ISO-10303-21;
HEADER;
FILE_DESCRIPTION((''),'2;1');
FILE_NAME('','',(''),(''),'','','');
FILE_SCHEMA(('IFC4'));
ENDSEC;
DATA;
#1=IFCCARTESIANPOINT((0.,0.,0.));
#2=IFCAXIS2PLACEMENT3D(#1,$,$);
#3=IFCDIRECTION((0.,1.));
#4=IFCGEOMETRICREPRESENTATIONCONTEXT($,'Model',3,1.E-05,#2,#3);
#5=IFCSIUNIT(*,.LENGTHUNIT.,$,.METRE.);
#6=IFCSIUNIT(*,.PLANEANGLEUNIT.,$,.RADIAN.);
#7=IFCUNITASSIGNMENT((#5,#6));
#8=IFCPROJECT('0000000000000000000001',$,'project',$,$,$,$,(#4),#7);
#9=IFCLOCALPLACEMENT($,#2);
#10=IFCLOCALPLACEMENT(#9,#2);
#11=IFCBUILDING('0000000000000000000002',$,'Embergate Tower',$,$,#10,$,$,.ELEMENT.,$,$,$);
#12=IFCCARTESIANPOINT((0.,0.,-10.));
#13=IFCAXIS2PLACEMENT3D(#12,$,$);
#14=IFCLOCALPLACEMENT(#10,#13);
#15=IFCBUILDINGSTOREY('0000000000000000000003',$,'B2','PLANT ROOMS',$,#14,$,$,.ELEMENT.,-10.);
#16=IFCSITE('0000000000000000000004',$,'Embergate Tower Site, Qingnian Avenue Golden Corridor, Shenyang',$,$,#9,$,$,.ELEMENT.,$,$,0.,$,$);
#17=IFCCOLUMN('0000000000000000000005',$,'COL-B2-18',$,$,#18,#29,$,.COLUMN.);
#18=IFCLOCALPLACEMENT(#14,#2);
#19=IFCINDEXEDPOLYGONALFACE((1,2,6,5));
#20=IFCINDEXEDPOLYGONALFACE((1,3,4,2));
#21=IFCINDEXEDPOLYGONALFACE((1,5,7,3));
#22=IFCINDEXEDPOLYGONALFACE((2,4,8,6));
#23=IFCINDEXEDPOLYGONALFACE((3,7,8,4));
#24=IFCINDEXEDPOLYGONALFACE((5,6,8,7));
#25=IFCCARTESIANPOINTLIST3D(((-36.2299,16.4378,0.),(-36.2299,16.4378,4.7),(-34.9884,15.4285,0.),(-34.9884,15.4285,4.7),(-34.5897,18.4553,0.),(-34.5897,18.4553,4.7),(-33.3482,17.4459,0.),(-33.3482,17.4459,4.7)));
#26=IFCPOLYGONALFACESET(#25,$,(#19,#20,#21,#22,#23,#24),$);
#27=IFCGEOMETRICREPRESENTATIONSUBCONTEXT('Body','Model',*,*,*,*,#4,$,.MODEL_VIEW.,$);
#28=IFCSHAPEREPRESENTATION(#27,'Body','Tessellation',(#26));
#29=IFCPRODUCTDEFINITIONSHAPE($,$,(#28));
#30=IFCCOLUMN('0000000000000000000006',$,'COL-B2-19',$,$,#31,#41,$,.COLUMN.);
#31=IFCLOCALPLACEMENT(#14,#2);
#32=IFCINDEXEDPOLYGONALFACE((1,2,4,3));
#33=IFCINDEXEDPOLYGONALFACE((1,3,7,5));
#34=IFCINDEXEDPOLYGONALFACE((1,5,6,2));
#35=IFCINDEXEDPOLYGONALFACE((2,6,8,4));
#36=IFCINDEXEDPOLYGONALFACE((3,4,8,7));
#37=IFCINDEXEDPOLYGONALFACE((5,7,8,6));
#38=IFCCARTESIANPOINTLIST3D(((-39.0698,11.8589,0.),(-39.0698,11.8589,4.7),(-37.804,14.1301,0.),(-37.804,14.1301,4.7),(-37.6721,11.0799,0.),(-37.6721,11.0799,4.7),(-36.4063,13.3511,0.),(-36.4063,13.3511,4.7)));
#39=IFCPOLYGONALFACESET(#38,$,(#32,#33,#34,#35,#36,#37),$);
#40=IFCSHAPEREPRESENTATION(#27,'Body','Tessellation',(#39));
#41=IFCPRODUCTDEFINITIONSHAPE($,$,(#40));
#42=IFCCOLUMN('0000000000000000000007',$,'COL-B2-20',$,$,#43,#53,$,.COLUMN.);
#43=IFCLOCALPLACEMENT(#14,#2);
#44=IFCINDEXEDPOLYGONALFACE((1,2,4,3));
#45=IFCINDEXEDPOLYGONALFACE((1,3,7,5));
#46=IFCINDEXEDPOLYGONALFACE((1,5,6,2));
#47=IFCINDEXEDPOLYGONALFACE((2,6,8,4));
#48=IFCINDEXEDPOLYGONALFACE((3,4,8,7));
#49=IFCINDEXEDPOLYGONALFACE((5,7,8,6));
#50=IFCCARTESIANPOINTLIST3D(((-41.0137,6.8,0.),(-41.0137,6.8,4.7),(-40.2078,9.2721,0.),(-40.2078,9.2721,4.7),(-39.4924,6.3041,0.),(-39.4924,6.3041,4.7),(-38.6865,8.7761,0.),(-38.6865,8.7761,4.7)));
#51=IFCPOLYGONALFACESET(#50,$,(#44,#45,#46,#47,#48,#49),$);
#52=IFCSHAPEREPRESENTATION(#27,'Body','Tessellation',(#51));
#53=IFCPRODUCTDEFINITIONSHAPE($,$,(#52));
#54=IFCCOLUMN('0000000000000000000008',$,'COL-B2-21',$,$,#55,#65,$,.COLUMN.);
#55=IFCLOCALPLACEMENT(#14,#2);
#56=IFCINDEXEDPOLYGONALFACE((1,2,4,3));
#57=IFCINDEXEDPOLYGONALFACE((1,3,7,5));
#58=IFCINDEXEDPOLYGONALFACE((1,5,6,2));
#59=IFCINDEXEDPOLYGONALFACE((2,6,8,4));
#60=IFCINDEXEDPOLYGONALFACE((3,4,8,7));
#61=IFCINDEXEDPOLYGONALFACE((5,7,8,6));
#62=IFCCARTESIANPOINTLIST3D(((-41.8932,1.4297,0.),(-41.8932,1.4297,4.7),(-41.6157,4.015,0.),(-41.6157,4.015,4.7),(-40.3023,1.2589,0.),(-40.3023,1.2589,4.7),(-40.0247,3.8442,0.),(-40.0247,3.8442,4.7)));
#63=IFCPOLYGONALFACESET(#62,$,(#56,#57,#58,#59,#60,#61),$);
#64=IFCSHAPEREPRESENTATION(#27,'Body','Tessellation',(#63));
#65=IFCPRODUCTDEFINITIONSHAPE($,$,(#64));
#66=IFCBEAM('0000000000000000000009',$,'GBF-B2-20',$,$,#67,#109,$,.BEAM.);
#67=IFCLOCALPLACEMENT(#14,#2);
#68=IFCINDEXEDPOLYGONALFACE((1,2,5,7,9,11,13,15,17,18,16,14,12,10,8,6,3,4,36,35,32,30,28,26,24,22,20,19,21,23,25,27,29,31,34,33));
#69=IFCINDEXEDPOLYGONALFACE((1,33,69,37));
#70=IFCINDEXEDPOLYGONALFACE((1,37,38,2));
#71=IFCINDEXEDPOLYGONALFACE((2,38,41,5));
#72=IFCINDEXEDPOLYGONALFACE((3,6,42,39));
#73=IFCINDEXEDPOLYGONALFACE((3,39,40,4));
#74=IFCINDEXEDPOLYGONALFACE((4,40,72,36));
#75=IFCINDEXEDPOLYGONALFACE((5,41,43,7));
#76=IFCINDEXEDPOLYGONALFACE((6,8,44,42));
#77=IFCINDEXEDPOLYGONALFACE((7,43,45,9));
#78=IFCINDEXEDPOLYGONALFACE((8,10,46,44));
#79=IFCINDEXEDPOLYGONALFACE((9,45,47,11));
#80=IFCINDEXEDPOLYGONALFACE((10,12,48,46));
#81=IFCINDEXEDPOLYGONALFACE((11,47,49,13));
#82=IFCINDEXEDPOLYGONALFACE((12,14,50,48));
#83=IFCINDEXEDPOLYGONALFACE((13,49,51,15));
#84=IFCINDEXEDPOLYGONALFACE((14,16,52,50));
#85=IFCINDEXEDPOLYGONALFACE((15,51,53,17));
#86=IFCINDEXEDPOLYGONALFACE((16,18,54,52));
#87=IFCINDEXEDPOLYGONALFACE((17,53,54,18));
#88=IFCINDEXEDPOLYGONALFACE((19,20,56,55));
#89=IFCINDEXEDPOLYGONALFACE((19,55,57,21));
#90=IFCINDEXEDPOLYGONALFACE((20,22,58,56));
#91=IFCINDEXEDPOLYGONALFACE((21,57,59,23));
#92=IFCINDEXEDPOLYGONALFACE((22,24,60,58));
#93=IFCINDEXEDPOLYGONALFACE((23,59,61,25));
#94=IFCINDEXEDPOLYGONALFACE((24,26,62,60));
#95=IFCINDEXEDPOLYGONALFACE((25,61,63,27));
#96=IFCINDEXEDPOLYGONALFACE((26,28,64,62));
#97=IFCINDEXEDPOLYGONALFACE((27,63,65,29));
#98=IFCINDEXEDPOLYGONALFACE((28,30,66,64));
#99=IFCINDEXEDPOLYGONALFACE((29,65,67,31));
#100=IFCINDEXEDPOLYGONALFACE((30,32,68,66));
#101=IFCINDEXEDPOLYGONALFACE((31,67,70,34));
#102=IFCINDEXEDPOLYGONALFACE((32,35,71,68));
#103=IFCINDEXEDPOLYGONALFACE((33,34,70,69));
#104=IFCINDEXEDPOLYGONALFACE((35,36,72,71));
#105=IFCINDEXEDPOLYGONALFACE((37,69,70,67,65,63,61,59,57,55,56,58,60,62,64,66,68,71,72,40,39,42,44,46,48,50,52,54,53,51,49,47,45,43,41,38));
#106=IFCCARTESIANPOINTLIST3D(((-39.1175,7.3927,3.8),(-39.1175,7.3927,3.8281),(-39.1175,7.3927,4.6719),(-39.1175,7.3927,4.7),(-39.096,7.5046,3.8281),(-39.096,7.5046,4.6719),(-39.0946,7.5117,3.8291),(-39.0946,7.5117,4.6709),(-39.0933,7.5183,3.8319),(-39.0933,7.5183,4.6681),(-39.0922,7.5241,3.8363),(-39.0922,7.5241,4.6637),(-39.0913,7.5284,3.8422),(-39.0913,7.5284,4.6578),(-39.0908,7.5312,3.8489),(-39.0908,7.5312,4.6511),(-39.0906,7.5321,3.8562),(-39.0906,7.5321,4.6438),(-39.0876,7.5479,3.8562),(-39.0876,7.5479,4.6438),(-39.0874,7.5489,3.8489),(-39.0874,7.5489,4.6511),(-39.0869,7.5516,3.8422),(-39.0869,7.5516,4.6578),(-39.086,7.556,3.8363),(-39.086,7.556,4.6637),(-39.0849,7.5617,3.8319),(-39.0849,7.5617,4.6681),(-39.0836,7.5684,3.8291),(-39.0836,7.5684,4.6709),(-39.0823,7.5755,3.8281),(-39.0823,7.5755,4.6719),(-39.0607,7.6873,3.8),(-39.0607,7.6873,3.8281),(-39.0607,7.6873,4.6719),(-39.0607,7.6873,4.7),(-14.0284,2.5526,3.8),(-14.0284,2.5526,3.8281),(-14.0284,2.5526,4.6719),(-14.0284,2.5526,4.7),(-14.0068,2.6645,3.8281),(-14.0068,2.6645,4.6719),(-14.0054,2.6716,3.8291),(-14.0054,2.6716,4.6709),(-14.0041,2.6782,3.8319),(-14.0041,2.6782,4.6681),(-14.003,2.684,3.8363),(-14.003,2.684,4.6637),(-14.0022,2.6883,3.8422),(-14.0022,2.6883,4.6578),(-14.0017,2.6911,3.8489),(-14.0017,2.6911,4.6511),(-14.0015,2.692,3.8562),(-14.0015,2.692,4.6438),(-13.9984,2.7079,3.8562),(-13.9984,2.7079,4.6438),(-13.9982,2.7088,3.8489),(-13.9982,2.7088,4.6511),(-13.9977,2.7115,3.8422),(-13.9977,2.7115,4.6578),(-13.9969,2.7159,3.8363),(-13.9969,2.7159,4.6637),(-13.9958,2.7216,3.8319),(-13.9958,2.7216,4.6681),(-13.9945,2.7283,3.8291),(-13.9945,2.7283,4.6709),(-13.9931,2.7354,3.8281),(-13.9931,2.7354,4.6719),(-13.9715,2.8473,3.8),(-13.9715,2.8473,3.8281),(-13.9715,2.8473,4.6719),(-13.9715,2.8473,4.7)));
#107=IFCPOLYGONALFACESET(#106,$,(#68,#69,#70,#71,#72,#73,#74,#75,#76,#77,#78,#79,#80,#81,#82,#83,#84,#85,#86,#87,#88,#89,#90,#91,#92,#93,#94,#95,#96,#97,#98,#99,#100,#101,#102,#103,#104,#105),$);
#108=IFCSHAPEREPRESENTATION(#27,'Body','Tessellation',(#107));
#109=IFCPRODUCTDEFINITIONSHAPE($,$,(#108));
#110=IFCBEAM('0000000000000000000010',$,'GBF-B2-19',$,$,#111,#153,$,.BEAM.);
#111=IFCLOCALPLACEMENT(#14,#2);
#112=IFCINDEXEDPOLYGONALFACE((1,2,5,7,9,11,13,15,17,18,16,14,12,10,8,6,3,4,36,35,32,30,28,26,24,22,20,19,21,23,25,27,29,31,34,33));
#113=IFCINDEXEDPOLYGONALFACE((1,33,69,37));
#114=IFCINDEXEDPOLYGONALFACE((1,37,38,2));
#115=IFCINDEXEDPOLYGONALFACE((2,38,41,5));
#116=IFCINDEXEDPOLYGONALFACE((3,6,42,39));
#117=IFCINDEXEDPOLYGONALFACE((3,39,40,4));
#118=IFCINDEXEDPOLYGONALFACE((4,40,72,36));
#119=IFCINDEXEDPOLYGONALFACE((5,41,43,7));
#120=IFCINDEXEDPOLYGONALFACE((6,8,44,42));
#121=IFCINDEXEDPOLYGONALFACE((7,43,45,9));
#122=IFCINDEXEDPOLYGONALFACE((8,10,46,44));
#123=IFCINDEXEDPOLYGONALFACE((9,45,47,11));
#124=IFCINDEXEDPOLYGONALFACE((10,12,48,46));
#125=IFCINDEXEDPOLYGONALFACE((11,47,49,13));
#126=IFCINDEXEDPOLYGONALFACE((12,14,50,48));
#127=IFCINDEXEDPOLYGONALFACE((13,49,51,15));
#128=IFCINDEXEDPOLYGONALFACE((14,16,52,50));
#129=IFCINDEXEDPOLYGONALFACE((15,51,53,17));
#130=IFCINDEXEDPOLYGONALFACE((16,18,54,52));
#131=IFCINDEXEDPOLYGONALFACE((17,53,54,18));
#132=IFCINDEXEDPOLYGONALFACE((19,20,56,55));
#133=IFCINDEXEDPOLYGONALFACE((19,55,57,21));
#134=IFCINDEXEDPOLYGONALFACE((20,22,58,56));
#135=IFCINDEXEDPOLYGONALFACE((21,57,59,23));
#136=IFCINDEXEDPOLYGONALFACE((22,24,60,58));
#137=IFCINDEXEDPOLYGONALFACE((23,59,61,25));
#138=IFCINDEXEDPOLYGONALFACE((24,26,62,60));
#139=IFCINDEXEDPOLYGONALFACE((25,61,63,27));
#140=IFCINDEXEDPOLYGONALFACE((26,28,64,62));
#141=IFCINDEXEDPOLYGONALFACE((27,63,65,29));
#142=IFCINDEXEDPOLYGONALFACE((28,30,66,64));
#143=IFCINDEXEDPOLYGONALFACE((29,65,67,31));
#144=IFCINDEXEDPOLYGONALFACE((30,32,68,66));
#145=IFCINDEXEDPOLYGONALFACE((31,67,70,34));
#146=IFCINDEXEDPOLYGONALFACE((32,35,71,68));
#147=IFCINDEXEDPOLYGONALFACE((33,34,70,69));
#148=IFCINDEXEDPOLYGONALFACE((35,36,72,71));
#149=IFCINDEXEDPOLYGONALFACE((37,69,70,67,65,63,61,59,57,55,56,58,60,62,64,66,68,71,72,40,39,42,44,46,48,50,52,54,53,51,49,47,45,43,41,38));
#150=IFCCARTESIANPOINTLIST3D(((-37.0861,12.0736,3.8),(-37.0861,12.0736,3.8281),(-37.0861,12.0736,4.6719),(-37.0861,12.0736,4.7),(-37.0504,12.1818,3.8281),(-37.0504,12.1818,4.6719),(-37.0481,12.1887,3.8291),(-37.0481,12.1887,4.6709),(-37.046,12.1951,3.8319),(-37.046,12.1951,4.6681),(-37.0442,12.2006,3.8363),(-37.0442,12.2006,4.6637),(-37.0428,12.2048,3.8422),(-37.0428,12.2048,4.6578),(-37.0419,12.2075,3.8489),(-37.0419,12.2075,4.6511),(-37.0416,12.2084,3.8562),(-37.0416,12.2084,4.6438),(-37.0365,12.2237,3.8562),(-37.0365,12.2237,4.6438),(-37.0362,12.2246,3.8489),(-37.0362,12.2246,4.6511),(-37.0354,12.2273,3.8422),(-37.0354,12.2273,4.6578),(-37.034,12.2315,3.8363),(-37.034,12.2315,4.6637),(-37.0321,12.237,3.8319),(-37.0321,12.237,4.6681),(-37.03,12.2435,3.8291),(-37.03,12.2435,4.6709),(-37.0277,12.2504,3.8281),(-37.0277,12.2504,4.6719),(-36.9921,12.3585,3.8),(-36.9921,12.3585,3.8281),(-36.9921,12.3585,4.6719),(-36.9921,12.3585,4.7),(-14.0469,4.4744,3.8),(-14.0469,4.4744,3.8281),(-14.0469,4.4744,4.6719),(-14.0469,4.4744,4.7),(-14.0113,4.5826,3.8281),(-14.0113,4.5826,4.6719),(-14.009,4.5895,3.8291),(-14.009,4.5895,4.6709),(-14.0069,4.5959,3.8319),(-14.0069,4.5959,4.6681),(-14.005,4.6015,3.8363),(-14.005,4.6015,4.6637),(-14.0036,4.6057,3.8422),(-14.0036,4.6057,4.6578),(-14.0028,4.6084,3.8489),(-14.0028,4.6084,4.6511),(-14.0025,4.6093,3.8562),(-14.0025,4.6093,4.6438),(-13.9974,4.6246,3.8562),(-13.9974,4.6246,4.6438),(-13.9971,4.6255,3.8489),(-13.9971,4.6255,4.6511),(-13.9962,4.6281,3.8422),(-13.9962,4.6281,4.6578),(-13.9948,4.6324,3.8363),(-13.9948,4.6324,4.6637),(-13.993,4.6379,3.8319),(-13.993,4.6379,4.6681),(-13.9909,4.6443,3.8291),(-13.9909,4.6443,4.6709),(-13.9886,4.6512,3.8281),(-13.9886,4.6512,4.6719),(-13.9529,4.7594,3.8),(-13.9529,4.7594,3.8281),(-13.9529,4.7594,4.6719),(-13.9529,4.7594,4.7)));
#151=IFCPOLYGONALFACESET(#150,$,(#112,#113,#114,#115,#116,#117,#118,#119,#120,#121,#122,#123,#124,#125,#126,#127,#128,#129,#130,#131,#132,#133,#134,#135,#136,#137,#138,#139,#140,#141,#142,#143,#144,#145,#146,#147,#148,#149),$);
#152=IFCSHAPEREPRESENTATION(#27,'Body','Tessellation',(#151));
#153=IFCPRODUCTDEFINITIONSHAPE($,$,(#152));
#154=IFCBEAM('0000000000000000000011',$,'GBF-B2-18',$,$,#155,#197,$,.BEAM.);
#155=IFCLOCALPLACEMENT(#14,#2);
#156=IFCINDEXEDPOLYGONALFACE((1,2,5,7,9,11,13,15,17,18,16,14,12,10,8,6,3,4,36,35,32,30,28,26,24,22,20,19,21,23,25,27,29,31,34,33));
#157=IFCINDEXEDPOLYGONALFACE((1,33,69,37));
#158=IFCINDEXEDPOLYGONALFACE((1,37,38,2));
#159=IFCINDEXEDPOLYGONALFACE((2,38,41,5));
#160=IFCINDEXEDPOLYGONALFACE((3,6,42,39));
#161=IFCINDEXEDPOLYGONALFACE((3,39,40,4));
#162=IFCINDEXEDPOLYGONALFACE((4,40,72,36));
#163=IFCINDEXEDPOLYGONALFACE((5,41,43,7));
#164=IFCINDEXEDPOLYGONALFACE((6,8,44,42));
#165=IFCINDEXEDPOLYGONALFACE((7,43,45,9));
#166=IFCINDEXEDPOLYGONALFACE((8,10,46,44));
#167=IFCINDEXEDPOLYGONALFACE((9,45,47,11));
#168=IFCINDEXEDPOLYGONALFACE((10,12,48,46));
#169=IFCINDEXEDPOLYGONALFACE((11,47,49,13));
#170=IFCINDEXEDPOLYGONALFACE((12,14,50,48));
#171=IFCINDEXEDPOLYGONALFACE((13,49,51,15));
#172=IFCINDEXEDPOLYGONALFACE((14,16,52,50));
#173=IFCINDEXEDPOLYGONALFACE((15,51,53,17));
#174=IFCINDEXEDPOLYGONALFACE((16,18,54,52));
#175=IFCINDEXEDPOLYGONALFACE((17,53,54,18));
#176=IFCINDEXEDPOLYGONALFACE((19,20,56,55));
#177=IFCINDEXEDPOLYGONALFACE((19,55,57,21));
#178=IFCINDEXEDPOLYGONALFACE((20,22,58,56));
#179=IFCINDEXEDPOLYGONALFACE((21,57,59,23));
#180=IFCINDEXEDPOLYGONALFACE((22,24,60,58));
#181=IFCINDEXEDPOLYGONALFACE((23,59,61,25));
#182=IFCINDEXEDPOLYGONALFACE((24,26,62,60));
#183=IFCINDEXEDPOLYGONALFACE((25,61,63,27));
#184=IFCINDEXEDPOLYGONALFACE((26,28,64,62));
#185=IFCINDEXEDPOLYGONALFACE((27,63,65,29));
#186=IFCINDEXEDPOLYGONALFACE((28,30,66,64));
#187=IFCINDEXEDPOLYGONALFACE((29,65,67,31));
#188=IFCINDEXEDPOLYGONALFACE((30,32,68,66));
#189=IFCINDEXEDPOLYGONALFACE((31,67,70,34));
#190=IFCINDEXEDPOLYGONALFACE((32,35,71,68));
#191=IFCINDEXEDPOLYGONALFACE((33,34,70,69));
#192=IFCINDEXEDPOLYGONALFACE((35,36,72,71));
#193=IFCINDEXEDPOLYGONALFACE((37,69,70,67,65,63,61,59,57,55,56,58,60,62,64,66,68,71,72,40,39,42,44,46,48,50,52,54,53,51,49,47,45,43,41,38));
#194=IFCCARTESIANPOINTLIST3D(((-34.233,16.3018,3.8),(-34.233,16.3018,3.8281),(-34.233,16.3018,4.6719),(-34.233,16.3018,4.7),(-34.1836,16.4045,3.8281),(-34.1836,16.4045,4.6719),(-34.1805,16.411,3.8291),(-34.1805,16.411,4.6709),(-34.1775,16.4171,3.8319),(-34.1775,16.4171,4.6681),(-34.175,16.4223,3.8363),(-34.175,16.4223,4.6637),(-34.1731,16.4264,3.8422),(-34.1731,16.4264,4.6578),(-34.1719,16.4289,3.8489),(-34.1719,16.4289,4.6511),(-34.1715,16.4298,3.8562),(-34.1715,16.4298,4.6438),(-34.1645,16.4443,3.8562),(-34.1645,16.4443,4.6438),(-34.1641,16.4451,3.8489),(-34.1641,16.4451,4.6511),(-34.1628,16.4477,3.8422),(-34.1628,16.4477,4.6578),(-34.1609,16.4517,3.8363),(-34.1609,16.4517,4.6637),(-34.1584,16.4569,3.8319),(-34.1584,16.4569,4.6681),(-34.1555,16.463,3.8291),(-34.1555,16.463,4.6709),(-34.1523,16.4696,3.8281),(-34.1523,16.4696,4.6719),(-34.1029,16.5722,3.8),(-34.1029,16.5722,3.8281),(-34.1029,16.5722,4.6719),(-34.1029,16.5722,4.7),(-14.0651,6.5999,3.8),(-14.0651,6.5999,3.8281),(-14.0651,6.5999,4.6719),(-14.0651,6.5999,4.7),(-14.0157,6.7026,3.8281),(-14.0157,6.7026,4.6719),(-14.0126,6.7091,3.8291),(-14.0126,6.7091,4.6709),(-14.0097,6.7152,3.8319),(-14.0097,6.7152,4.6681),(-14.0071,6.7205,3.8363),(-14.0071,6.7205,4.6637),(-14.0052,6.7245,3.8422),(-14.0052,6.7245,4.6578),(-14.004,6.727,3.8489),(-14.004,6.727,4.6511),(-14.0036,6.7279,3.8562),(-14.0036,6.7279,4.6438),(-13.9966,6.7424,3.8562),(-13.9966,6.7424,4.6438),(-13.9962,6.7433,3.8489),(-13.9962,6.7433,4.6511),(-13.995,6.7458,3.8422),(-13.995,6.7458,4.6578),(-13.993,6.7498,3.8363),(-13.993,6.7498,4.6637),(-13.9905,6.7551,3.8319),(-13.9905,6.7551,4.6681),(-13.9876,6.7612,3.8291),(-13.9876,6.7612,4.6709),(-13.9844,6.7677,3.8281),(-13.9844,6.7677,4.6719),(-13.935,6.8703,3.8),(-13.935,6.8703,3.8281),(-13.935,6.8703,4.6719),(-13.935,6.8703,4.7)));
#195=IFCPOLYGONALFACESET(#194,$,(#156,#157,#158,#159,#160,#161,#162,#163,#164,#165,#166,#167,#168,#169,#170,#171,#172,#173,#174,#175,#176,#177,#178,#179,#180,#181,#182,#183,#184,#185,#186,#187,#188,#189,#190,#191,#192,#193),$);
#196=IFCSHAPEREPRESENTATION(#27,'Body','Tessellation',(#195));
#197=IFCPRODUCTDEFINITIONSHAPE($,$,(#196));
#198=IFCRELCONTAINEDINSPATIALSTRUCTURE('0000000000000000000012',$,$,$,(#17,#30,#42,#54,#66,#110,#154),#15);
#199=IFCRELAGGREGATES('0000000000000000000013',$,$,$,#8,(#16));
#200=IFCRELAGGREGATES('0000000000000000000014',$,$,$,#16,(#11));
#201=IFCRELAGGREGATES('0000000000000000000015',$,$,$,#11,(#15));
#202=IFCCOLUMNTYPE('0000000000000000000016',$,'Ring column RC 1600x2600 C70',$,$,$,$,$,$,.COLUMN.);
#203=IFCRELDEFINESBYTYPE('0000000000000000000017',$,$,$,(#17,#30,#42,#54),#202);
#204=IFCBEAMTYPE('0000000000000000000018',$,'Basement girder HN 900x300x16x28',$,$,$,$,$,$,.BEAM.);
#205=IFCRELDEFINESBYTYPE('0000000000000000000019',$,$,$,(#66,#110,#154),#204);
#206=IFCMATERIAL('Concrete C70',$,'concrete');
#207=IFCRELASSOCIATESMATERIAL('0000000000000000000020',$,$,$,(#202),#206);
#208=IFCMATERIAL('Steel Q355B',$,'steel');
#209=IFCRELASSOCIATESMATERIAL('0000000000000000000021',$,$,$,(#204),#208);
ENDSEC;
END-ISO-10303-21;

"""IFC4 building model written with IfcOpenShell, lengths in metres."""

from ifc_helpers import new_model, si_unit, direction, frame, origin, origin_2d, place, context, subcontext, project, spatial, rectangle, i_section, extrude, source, transform, mapped, material, material_profile, profile_set, type_object, element, save


model = new_model("IFC4")

# Units and contexts
model_context = context("Model", 3, precision=1e-05, world=origin(), true_north=direction((0.0, 1.0)))
body_context = subcontext(model_context, "Body", "Model", "MODEL_VIEW")
ifc_project = project(units=[si_unit("LENGTHUNIT", "METRE"), si_unit("PLANEANGLEUNIT", "RADIAN")], contexts=[model_context])

# Site, building, storey
site_placement = place(None, origin())
site = spatial("IfcSite", under=ifc_project, at=site_placement, Name="Embergate Tower Site, Qingnian Avenue Golden Corridor, Shenyang", CompositionType="ELEMENT", RefElevation=0.0)
building_placement = place(site_placement, origin())
building = spatial("IfcBuilding", under=site, at=building_placement, Name="Embergate Tower", CompositionType="ELEMENT")
storey_placement = place(building_placement, frame((0.0, 0.0, -10.0)))
storey = spatial("IfcBuildingStorey", under=building, at=storey_placement, Name="B2", Description="PLANT ROOMS", CompositionType="ELEMENT", Elevation=-10.0)

# Columns
ifc_material_1 = material(Name="Concrete C70", Category="concrete")
ifc_material_profile_1 = material_profile(ifc_material_1, rectangle(XDim=1.6001, YDim=2.6001, at=origin_2d()), Name="RC 1600x2600")
ifc_profile_set_1 = profile_set([ifc_material_profile_1], Name="Concrete C70")
column_type = type_object("IfcColumnType", Name="Ring column RC 1600x2600 C70", PredefinedType="COLUMN", material=ifc_profile_set_1)
shared_shape_1 = source(origin(), body_context, "Body", "SweptSolid", [
    extrude(rectangle(XDim=1.6001, YDim=2.6001, at=origin_2d()), origin(), (0.0, 0.0, 1.0), 4.7),
])
for number, where, z_axis, x_axis, name in (
    (1, (-34.7891, 16.9419, 0.0), (0.0, 0.0, 1.0), (-0.775925, 0.630825, 0.0), "COL-B2-18"),
    (2, (-37.738, 12.605, 0.0), (0.0, 0.0, 1.0), (-0.873492, 0.486839, 0.0), "COL-B2-19"),
    (3, (-39.8501, 7.7881, 0.0), (0.0, 0.0, 1.0), (-0.950754, 0.309946, 0.0), "COL-B2-20"),
    (4, (-40.959, 2.637, 0.0), (0.0, 0.0, 1.0), (-0.994286, 0.10675, 0.0), "COL-B2-21"),
):
    element("IfcColumn", number, at=place(storey_placement, frame(where, z_axis=z_axis, x_axis=x_axis)), inside=storey, type_object=column_type, Name=name, PredefinedType="COLUMN", context=body_context, shape_type="MappedRepresentation", body=[
        mapped(shared_shape_1, transform((0.0, 0.0, 0.0))),
    ])

# Beams
ifc_material_2 = material(Name="Steel Q355B", Category="steel")
ifc_material_profile_2 = material_profile(ifc_material_2, i_section(OverallWidth=0.3, OverallDepth=0.8999, WebThickness=0.0161, FlangeThickness=0.0281, FilletRadius=0.0281, at=origin_2d()), Name="HN 900x300x16x28")
ifc_profile_set_2 = profile_set([ifc_material_profile_2], Name="Steel Q355 grade B")
beam_type = type_object("IfcBeamType", Name="Basement girder HN 900x300x16x28", PredefinedType="BEAM", material=ifc_profile_set_2)
shared_shape_2 = source(origin(), body_context, "Body", "SweptSolid", [
    extrude(i_section(OverallWidth=0.3, OverallDepth=0.8999, WebThickness=0.0161, FlangeThickness=0.0281, FilletRadius=0.0281, at=origin_2d()), origin(), (0.0, 0.0, 1.0), 25.5518),
])
beam_1_placement = place(storey_placement, frame((-39.0891, 7.54, 4.25), z_axis=(0.981896, -0.189423, 0.0), x_axis=(0.189423, 0.981896, 0.0)))
element("IfcBeam", 5, at=beam_1_placement, inside=storey, type_object=beam_type, Name="GBF-B2-20", PredefinedType="BEAM", context=body_context, shape_type="MappedRepresentation", body=[
    mapped(shared_shape_2, transform((0.0, 0.0, 0.0))),
])
shared_shape_3 = source(origin(), body_context, "Body", "SweptSolid", [
    extrude(i_section(OverallWidth=0.3, OverallDepth=0.8999, WebThickness=0.0161, FlangeThickness=0.0281, FilletRadius=0.0281, at=origin_2d()), origin(), (0.0, 0.0, 1.0), 24.26),
])
beam_2_placement = place(storey_placement, frame((-37.0391, 12.2161, 4.25), z_axis=(0.949675, -0.313237, 0.0), x_axis=(0.313237, 0.949675, 0.0)))
element("IfcBeam", 6, at=beam_2_placement, inside=storey, type_object=beam_type, Name="GBF-B2-19", PredefinedType="BEAM", context=body_context, shape_type="MappedRepresentation", body=[
    mapped(shared_shape_3, transform((0.0, 0.0, 0.0))),
])
shared_shape_4 = source(origin(), body_context, "Body", "SweptSolid", [
    extrude(i_section(OverallWidth=0.3, OverallDepth=0.8999, WebThickness=0.0161, FlangeThickness=0.0281, FilletRadius=0.0281, at=origin_2d()), origin(), (0.0, 0.0, 1.0), 22.3801),
])
beam_3_placement = place(storey_placement, frame((-34.168, 16.437, 4.25), z_axis=(0.901152, -0.433504, 0.0), x_axis=(0.433504, 0.901152, 0.0)))
element("IfcBeam", 7, at=beam_3_placement, inside=storey, type_object=beam_type, Name="GBF-B2-18", PredefinedType="BEAM", context=body_context, shape_type="MappedRepresentation", body=[
    mapped(shared_shape_4, transform((0.0, 0.0, 0.0))),
])

save(model, "model.ifc")
